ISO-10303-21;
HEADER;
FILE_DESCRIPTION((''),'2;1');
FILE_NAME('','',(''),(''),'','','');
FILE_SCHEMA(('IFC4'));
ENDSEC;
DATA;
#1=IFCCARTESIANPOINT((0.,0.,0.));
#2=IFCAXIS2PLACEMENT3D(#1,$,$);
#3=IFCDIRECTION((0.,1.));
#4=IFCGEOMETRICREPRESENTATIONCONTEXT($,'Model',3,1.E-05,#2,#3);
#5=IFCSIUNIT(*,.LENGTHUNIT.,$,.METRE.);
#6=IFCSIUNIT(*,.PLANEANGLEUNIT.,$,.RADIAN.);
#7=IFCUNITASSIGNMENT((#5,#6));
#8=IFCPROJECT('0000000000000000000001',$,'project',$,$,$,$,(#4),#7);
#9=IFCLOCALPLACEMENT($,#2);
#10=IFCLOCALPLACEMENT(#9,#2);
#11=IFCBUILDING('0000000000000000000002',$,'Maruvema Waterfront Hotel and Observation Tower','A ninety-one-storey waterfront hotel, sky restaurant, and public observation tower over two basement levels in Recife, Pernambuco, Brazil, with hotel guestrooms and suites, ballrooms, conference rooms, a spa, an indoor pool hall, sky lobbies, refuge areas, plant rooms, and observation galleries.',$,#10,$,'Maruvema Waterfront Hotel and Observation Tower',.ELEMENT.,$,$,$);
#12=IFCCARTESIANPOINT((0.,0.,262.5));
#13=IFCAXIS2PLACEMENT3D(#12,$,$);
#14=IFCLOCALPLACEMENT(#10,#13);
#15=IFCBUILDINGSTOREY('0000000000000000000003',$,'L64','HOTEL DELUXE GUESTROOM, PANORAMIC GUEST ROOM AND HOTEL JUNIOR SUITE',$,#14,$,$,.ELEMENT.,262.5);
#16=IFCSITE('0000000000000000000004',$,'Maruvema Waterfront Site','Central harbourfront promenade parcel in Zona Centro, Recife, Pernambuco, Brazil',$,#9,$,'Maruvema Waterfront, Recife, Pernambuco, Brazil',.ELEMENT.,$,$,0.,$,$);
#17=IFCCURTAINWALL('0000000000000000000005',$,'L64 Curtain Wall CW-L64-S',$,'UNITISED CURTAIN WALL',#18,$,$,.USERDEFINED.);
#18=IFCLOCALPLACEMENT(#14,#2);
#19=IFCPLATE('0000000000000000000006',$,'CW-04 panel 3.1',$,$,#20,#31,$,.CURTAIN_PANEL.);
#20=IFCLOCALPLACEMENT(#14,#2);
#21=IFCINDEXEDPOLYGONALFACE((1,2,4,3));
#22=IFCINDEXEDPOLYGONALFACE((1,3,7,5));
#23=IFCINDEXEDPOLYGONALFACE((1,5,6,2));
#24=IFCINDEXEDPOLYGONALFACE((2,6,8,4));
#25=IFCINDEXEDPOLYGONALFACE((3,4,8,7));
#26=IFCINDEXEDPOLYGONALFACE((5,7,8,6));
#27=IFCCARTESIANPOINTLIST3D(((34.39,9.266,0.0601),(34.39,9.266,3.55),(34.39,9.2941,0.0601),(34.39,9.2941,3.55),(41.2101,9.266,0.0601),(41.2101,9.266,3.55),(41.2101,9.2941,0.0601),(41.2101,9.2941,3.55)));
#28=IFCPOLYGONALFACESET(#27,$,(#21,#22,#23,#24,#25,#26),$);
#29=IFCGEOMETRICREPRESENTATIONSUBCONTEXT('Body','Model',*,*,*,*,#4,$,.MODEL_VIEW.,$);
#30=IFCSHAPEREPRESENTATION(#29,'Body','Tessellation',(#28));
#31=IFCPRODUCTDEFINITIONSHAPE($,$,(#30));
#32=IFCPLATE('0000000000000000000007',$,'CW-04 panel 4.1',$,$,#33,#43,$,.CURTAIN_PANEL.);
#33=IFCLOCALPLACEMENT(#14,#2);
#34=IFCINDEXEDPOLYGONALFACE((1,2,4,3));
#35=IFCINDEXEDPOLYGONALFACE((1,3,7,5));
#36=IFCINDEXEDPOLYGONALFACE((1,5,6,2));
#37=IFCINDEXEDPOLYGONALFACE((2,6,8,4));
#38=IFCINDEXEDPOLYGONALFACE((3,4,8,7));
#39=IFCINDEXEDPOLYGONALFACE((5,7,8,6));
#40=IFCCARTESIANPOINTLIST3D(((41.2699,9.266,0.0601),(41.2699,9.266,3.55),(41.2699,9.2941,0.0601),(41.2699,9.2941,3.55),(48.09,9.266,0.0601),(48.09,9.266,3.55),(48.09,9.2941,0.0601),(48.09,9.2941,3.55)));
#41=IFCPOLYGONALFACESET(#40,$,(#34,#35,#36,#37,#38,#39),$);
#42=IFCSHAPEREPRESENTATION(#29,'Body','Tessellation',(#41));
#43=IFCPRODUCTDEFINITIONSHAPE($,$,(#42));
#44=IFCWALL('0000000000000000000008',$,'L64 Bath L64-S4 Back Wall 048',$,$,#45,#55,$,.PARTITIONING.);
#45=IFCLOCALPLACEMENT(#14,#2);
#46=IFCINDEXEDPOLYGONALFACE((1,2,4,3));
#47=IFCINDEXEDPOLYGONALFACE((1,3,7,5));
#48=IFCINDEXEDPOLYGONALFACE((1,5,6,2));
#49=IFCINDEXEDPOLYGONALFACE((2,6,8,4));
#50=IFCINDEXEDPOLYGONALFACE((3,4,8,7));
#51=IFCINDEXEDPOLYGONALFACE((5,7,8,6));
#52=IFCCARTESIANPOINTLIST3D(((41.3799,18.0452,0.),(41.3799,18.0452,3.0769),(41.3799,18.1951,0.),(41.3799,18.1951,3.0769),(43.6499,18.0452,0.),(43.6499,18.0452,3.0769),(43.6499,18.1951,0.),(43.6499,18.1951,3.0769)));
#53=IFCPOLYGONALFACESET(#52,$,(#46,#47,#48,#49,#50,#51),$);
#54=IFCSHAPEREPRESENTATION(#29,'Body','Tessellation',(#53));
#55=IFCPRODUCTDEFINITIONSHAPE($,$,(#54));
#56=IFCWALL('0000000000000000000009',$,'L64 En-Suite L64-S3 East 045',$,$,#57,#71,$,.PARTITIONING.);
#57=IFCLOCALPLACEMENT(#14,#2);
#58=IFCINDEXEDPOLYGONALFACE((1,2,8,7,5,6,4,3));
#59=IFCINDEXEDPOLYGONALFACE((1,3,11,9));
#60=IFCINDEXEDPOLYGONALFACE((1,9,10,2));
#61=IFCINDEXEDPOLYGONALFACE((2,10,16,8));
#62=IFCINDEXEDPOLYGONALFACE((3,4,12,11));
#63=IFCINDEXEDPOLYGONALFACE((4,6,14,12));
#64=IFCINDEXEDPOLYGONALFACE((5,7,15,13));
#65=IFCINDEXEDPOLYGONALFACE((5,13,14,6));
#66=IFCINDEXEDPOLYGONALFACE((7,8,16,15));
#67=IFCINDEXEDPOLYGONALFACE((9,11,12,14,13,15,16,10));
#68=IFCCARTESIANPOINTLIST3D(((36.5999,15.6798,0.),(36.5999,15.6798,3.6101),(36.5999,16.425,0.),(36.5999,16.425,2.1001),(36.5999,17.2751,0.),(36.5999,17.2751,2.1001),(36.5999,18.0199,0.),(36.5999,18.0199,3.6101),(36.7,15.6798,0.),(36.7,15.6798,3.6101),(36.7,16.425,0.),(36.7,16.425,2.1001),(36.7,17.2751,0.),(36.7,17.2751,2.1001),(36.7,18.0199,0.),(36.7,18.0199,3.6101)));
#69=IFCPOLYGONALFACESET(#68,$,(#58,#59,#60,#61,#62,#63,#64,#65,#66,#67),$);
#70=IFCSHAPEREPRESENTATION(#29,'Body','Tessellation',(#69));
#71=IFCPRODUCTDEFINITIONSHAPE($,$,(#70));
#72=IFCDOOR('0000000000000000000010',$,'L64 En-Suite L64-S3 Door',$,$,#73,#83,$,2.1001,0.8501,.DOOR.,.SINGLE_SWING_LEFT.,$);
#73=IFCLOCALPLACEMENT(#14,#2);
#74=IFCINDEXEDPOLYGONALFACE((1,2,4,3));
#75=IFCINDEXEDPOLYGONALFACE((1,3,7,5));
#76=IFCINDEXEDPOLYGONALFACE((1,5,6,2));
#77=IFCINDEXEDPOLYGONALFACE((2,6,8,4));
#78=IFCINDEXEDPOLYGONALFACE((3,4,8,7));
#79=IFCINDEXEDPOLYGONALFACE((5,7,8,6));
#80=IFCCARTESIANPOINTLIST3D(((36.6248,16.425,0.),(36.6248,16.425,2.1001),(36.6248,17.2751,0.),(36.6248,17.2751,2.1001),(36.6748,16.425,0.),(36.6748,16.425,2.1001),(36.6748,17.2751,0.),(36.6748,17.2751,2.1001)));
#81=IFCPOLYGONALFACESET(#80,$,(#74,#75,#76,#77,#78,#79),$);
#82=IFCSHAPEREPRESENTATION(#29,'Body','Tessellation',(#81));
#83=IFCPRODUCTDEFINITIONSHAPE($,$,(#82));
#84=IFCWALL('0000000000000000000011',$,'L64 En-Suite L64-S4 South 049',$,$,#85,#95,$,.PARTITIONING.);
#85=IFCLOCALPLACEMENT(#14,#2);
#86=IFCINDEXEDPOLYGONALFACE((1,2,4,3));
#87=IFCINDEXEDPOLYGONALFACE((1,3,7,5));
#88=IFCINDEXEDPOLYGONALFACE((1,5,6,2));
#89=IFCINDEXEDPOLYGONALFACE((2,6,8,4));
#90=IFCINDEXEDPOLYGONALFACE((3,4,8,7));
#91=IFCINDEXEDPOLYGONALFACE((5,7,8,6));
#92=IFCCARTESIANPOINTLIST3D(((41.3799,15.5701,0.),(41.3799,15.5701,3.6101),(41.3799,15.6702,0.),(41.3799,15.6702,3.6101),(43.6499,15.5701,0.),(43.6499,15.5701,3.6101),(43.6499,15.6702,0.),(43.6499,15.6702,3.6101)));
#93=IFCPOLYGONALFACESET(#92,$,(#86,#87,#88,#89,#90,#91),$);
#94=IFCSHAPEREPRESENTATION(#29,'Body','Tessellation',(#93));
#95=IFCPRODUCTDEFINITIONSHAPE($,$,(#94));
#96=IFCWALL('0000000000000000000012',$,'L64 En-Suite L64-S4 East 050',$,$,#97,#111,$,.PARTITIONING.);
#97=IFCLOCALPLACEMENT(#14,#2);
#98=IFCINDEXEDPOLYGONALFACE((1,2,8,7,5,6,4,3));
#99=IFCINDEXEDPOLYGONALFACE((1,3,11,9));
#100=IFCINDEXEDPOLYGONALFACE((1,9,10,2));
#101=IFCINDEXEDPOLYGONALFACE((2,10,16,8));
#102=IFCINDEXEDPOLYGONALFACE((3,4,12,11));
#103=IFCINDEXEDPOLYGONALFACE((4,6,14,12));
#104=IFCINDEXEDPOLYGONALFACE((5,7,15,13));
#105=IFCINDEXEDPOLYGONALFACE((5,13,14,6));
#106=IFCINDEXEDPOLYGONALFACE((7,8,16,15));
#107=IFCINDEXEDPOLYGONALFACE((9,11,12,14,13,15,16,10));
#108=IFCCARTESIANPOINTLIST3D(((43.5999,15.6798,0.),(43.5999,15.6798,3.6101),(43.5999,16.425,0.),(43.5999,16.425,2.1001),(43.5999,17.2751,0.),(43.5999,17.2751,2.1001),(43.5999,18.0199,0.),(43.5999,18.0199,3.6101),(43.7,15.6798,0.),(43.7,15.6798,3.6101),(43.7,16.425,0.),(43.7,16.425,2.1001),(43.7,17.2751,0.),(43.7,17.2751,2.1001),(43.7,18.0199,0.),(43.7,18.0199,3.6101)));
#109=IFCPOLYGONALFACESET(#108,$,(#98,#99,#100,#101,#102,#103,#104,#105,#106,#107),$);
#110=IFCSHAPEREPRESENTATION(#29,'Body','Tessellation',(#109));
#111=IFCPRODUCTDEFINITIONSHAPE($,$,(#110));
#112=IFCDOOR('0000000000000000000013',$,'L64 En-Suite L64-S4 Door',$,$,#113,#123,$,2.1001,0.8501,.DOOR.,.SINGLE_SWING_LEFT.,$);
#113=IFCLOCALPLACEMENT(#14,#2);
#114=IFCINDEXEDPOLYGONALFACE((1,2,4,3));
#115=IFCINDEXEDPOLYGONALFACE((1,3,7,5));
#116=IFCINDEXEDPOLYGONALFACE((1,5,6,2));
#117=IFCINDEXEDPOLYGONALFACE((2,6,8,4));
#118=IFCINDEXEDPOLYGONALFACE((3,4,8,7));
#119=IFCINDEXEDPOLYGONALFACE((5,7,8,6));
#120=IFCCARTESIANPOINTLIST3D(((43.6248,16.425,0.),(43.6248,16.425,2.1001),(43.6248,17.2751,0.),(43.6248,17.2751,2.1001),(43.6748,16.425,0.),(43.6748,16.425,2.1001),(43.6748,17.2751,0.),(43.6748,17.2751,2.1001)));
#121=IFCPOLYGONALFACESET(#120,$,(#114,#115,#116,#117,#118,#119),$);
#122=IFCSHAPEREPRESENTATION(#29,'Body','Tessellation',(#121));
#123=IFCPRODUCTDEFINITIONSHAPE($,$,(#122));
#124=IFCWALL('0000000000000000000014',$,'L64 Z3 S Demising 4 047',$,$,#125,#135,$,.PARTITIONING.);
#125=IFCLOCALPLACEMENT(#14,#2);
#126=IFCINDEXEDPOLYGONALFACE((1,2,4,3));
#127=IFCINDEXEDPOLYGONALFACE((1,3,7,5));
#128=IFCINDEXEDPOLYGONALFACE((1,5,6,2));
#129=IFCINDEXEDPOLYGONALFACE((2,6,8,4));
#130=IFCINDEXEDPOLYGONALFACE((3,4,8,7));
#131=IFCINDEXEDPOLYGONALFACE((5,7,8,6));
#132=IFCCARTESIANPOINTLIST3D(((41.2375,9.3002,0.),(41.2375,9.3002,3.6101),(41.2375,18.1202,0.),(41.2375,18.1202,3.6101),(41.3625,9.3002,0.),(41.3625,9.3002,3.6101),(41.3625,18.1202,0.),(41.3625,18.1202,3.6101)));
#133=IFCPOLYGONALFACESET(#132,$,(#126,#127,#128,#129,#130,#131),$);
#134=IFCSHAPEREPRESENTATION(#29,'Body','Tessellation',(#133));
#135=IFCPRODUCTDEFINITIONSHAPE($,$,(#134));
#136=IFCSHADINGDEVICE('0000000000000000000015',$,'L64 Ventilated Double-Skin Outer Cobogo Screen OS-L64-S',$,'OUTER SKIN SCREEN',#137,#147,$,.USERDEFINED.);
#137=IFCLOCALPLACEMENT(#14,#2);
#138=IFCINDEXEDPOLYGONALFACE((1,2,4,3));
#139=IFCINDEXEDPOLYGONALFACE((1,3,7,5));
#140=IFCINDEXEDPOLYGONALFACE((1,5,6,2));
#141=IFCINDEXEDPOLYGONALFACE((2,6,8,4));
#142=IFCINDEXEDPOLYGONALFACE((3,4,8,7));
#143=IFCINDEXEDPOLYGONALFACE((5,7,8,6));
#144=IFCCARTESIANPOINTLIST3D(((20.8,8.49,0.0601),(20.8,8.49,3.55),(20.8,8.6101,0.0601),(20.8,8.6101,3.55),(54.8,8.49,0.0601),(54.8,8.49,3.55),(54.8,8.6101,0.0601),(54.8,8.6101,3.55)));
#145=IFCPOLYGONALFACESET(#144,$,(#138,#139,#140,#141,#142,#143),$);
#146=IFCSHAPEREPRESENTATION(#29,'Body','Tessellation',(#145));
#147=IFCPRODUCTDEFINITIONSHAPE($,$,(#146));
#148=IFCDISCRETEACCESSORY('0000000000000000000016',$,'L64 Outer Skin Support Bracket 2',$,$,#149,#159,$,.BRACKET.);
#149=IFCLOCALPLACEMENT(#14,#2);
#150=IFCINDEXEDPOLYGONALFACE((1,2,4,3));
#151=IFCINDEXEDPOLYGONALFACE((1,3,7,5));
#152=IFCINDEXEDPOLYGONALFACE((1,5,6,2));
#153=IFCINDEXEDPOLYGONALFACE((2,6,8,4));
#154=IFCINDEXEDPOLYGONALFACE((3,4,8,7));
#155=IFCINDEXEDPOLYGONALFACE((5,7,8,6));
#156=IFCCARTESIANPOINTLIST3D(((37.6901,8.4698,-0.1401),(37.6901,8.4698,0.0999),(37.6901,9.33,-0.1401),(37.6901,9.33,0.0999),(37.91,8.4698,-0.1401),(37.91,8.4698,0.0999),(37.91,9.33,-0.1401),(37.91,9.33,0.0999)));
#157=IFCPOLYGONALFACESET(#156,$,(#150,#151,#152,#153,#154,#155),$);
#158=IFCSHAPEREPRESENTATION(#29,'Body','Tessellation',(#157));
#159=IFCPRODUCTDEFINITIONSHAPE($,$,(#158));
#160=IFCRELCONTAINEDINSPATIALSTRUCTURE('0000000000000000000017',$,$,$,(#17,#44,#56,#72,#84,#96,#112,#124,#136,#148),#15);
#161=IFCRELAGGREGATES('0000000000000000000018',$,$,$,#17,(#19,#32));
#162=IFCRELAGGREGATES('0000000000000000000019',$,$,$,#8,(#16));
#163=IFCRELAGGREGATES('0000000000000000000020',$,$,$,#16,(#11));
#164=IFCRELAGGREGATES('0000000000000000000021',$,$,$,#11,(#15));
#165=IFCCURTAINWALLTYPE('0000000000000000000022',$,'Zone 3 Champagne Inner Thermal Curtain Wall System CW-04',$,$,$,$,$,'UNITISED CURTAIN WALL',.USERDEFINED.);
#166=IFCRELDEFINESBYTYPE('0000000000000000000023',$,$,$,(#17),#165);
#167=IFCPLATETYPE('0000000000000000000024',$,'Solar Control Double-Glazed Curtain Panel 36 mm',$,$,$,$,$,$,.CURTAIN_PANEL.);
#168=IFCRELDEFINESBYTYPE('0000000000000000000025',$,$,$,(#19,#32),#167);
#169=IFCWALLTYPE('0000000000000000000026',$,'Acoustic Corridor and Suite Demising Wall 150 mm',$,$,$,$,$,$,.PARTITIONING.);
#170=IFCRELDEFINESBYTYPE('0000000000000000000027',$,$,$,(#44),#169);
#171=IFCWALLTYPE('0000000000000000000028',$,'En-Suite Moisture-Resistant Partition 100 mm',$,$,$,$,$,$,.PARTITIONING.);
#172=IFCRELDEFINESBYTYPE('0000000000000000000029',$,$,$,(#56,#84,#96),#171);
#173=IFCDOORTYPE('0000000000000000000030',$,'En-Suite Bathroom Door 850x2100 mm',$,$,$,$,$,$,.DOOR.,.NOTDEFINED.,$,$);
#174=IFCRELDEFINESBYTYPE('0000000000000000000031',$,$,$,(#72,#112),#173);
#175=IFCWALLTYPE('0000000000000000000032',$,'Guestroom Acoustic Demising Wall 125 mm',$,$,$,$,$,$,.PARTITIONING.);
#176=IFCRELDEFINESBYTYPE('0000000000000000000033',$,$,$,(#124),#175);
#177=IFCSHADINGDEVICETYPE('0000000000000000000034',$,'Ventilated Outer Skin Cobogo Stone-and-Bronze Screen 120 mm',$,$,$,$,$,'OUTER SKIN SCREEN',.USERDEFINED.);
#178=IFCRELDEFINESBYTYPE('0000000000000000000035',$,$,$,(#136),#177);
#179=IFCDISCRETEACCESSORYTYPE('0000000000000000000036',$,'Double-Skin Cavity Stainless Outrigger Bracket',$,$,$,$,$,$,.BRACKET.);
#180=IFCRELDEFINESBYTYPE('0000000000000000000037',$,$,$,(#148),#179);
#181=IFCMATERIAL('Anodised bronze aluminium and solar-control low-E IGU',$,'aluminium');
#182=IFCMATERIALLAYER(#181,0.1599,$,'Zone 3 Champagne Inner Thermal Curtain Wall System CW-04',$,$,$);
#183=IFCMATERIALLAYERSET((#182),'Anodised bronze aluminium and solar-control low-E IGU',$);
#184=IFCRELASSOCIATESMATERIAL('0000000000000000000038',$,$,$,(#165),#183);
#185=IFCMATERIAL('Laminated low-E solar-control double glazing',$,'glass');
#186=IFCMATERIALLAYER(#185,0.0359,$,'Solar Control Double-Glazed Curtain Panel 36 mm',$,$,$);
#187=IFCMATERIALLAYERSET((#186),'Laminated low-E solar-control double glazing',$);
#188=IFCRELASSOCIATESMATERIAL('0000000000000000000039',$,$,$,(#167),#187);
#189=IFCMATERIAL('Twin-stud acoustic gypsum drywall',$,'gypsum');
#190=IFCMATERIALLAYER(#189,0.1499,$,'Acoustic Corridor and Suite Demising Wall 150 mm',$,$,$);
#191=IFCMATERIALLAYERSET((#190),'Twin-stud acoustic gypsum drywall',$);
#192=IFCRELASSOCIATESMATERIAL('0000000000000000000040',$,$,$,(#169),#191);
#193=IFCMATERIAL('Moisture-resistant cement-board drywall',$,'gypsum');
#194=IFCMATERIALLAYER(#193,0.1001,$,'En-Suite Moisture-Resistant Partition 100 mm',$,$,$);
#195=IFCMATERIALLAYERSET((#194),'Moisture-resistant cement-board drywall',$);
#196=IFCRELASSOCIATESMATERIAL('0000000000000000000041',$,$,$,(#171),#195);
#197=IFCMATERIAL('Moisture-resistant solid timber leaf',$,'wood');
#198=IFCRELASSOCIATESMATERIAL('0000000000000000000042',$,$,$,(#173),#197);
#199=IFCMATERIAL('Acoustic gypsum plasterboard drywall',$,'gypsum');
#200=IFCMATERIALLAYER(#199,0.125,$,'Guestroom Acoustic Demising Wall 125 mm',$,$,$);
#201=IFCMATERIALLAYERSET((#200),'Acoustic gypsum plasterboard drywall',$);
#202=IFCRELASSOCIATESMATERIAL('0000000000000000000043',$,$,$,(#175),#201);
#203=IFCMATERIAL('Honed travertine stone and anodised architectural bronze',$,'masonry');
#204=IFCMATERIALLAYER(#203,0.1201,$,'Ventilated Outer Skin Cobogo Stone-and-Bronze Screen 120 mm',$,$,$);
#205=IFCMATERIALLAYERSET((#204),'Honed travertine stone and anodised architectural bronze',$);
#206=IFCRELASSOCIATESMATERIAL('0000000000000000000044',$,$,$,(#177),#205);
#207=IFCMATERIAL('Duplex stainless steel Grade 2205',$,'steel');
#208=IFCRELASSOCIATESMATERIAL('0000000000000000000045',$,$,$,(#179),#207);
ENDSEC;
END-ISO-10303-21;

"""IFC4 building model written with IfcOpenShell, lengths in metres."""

from ifc_helpers import new_model, si_unit, direction, frame, frame_2d, origin, origin_2d, place, context, subcontext, project, spatial, rectangle, extrude, material, layer, layer_set, type_object, element, fill, aggregate, save


model = new_model("IFC4")

# Units and contexts
model_context = context("Model", 3, precision=1e-05, world=origin(), true_north=direction((0.0, 1.0)))
body_context = subcontext(model_context, "Body", "Model", "MODEL_VIEW")
ifc_project = project(units=[si_unit("LENGTHUNIT", "METRE"), si_unit("PLANEANGLEUNIT", "RADIAN")], contexts=[model_context])

# Site, building, storey
site_placement = place(None, origin())
site = spatial("IfcSite", under=ifc_project, at=site_placement, Name="Maruvema Waterfront Site", Description="Central harbourfront promenade parcel in Zona Centro, Recife, Pernambuco, Brazil", LongName="Maruvema Waterfront, Recife, Pernambuco, Brazil", CompositionType="ELEMENT", RefElevation=0.0)
building_placement = place(site_placement, origin())
building = spatial("IfcBuilding", under=site, at=building_placement, Name="Maruvema Waterfront Hotel and Observation Tower", Description="A ninety-one-storey waterfront hotel, sky restaurant, and public observation tower over two basement levels in Recife, Pernambuco, Brazil, with hotel guestrooms and suites, ballrooms, conference rooms, a spa, an indoor pool hall, sky lobbies, refuge areas, plant rooms, and observation galleries.", LongName="Maruvema Waterfront Hotel and Observation Tower", CompositionType="ELEMENT")
storey_placement = place(building_placement, frame((0.0, 0.0, 262.5)))
storey = spatial("IfcBuildingStorey", under=building, at=storey_placement, Name="L64", Description="HOTEL DELUXE GUESTROOM, PANORAMIC GUEST ROOM AND HOTEL JUNIOR SUITE", CompositionType="ELEMENT", Elevation=262.5)

# Curtain wall
ifc_material_1 = material(Name="Anodised bronze aluminium and solar-control low-E IGU", Category="aluminium")
ifc_layer_1 = layer(ifc_material_1, 0.1599, Name="Zone 3 Champagne Inner Thermal Curtain Wall System CW-04")
ifc_layer_set_1 = layer_set([ifc_layer_1], Name="Anodised bronze aluminium and solar-control low-E IGU")
curtain_wall_type = type_object("IfcCurtainWallType", Name="Zone 3 Champagne Inner Thermal Curtain Wall System CW-04", ElementType="UNITISED CURTAIN WALL", PredefinedType="USERDEFINED", material=ifc_layer_set_1)
curtain_wall_placement = place(storey_placement, origin())
curtain_wall = element("IfcCurtainWall", 1, at=curtain_wall_placement, inside=storey, type_object=curtain_wall_type, Name="L64 Curtain Wall CW-L64-S", ObjectType="UNITISED CURTAIN WALL", PredefinedType="USERDEFINED")

# Plates
ifc_material_2 = material(Name="Laminated low-E solar-control double glazing", Category="glass")
ifc_layer_2 = layer(ifc_material_2, 0.0359, Name="Solar Control Double-Glazed Curtain Panel 36 mm")
ifc_layer_set_2 = layer_set([ifc_layer_2], Name="Laminated low-E solar-control double glazing")
plate_type = type_object("IfcPlateType", Name="Solar Control Double-Glazed Curtain Panel 36 mm", PredefinedType="CURTAIN_PANEL", material=ifc_layer_set_2)
plate_1_placement = place(storey_placement, frame((37.8, 9.28, 0.0601), z_axis=(0.0, 0.0, 1.0), x_axis=(1.0, 0.0, 0.0)))
plate_1 = element("IfcPlate", 2, at=plate_1_placement, type_object=plate_type, Name="CW-04 panel 3.1", PredefinedType="CURTAIN_PANEL", context=body_context, shape_type="SweptSolid", body=[
    extrude(rectangle(XDim=6.8201, YDim=0.0281, at=origin_2d()), origin(), (0.0, 0.0, 1.0), 3.49),
])
plate_2_placement = place(storey_placement, frame((44.6799, 9.28, 0.0601), z_axis=(0.0, 0.0, 1.0), x_axis=(1.0, 0.0, 0.0)))
plate_2 = element("IfcPlate", 3, at=plate_2_placement, type_object=plate_type, Name="CW-04 panel 4.1", PredefinedType="CURTAIN_PANEL", context=body_context, shape_type="SweptSolid", body=[
    extrude(rectangle(XDim=6.8201, YDim=0.0281, at=origin_2d()), origin(), (0.0, 0.0, 1.0), 3.49),
])
aggregate(curtain_wall, [plate_1, plate_2])

# Shared definitions
ifc_material_3 = material(Name="Twin-stud acoustic gypsum drywall", Category="gypsum")
ifc_layer_3 = layer(ifc_material_3, 0.1499, Name="Acoustic Corridor and Suite Demising Wall 150 mm")
ifc_layer_set_3 = layer_set([ifc_layer_3], Name="Twin-stud acoustic gypsum drywall")
wall_type_1 = type_object("IfcWallType", Name="Acoustic Corridor and Suite Demising Wall 150 mm", PredefinedType="PARTITIONING", material=ifc_layer_set_3)

# Wall
wall_1_placement = place(storey_placement, frame((41.3799, 18.1201, 0.0), z_axis=(0.0, 0.0, 1.0), x_axis=(1.0, 0.0, 0.0)))
element("IfcWall", 4, at=wall_1_placement, inside=storey, type_object=wall_type_1, Name="L64 Bath L64-S4 Back Wall 048", PredefinedType="PARTITIONING", context=body_context, shape_type="SweptSolid", body=[
    extrude(rectangle(XDim=2.27, YDim=0.1499, at=frame_2d((1.135, 0.0))), origin(), (0.0, 0.0, 1.0), 3.0769),
])

# Wall, opening, door
ifc_material_4 = material(Name="Moisture-resistant cement-board drywall", Category="gypsum")
ifc_layer_4 = layer(ifc_material_4, 0.1001, Name="En-Suite Moisture-Resistant Partition 100 mm")
ifc_layer_set_4 = layer_set([ifc_layer_4], Name="Moisture-resistant cement-board drywall")
wall_type_2 = type_object("IfcWallType", Name="En-Suite Moisture-Resistant Partition 100 mm", PredefinedType="PARTITIONING", material=ifc_layer_set_4)
wall_2_placement = place(storey_placement, frame((36.6499, 15.6799, 0.0), z_axis=(0.0, 0.0, 1.0), x_axis=(0.0, 1.0, 0.0)))
wall_2 = element("IfcWall", 5, at=wall_2_placement, inside=storey, type_object=wall_type_2, Name="L64 En-Suite L64-S3 East 045", PredefinedType="PARTITIONING", context=body_context, shape_type="SweptSolid", body=[
    extrude(rectangle(XDim=2.3401, YDim=0.1001, at=frame_2d((1.1699, 0.0))), origin(), (0.0, 0.0, 1.0), 3.6101),
])
opening_1_placement = place(wall_2_placement, frame((0.7451, 0.0, 0.0)))
opening_1 = element("IfcOpeningElement", 6, at=opening_1_placement, cuts=wall_2, PredefinedType="OPENING", context=body_context, shape_type="SweptSolid", body=[
    extrude(rectangle(XDim=0.8501, YDim=2.1001, at=frame_2d((0.425, 1.05))), frame((0.0, 0.0601, 0.0), z_axis=(0.0, -1.0, 0.0), x_axis=(1.0, 0.0, 0.0)), (0.0, 0.0, 1.0), 0.1201),
])
ifc_material_5 = material(Name="Moisture-resistant solid timber leaf", Category="wood")
door_type_1 = type_object("IfcDoorType", Name="En-Suite Bathroom Door 850x2100 mm", OperationType="NOTDEFINED", PredefinedType="DOOR", material=ifc_material_5)
door_1_placement = place(opening_1_placement, frame((0.8501, 0.0, 0.0), z_axis=(0.0, 0.0, 1.0), x_axis=(-1.0, 0.0, 0.0)))
door_1 = element("IfcDoor", 7, at=door_1_placement, inside=storey, type_object=door_type_1, Name="L64 En-Suite L64-S3 Door", OperationType="SINGLE_SWING_LEFT", OverallHeight=2.1001, OverallWidth=0.8501, PredefinedType="DOOR", context=body_context, shape_type="SweptSolid", body=[
    extrude(rectangle(XDim=0.8501, YDim=2.1001, at=frame_2d((0.425, 1.05))), frame((0.0, 0.0249, 0.0), z_axis=(0.0, -1.0, 0.0), x_axis=(1.0, 0.0, 0.0)), (0.0, 0.0, 1.0), 0.05),
])
fill(opening_1, door_1)

# Wall
wall_3_placement = place(storey_placement, frame((41.3799, 15.6201, 0.0), z_axis=(0.0, 0.0, 1.0), x_axis=(1.0, 0.0, 0.0)))
element("IfcWall", 8, at=wall_3_placement, inside=storey, type_object=wall_type_2, Name="L64 En-Suite L64-S4 South 049", PredefinedType="PARTITIONING", context=body_context, shape_type="SweptSolid", body=[
    extrude(rectangle(XDim=2.27, YDim=0.1001, at=frame_2d((1.135, 0.0))), origin(), (0.0, 0.0, 1.0), 3.6101),
])

# Wall, opening, door
wall_4_placement = place(storey_placement, frame((43.6499, 15.6799, 0.0), z_axis=(0.0, 0.0, 1.0), x_axis=(0.0, 1.0, 0.0)))
wall_4 = element("IfcWall", 9, at=wall_4_placement, inside=storey, type_object=wall_type_2, Name="L64 En-Suite L64-S4 East 050", PredefinedType="PARTITIONING", context=body_context, shape_type="SweptSolid", body=[
    extrude(rectangle(XDim=2.3401, YDim=0.1001, at=frame_2d((1.1699, 0.0))), origin(), (0.0, 0.0, 1.0), 3.6101),
])
opening_2_placement = place(wall_4_placement, frame((0.7451, 0.0, 0.0)))
opening_2 = element("IfcOpeningElement", 10, at=opening_2_placement, cuts=wall_4, PredefinedType="OPENING", context=body_context, shape_type="SweptSolid", body=[
    extrude(rectangle(XDim=0.8501, YDim=2.1001, at=frame_2d((0.425, 1.05))), frame((0.0, 0.0601, 0.0), z_axis=(0.0, -1.0, 0.0), x_axis=(1.0, 0.0, 0.0)), (0.0, 0.0, 1.0), 0.1201),
])
door_2_placement = place(opening_2_placement, frame((0.8501, 0.0, 0.0), z_axis=(0.0, 0.0, 1.0), x_axis=(-1.0, 0.0, 0.0)))
door_2 = element("IfcDoor", 11, at=door_2_placement, inside=storey, type_object=door_type_1, Name="L64 En-Suite L64-S4 Door", OperationType="SINGLE_SWING_LEFT", OverallHeight=2.1001, OverallWidth=0.8501, PredefinedType="DOOR", context=body_context, shape_type="SweptSolid", body=[
    extrude(rectangle(XDim=0.8501, YDim=2.1001, at=frame_2d((0.425, 1.05))), frame((0.0, 0.0249, 0.0), z_axis=(0.0, -1.0, 0.0), x_axis=(1.0, 0.0, 0.0)), (0.0, 0.0, 1.0), 0.05),
])
fill(opening_2, door_2)

# Wall
ifc_material_6 = material(Name="Acoustic gypsum plasterboard drywall", Category="gypsum")
ifc_layer_5 = layer(ifc_material_6, 0.125, Name="Guestroom Acoustic Demising Wall 125 mm")
ifc_layer_set_5 = layer_set([ifc_layer_5], Name="Acoustic gypsum plasterboard drywall")
wall_type_3 = type_object("IfcWallType", Name="Guestroom Acoustic Demising Wall 125 mm", PredefinedType="PARTITIONING", material=ifc_layer_set_5)
wall_5_placement = place(storey_placement, frame((41.3, 9.3, 0.0), z_axis=(0.0, 0.0, 1.0), x_axis=(0.0, 1.0, 0.0)))
element("IfcWall", 12, at=wall_5_placement, inside=storey, type_object=wall_type_3, Name="L64 Z3 S Demising 4 047", PredefinedType="PARTITIONING", context=body_context, shape_type="SweptSolid", body=[
    extrude(rectangle(XDim=8.8201, YDim=0.125, at=frame_2d((4.4102, 0.0))), origin(), (0.0, 0.0, 1.0), 3.6101),
])

# Shading device
ifc_material_7 = material(Name="Honed travertine stone and anodised architectural bronze", Category="masonry")
ifc_layer_6 = layer(ifc_material_7, 0.1201, Name="Ventilated Outer Skin Cobogo Stone-and-Bronze Screen 120 mm")
ifc_layer_set_6 = layer_set([ifc_layer_6], Name="Honed travertine stone and anodised architectural bronze")
shading_device_type = type_object("IfcShadingDeviceType", Name="Ventilated Outer Skin Cobogo Stone-and-Bronze Screen 120 mm", ElementType="OUTER SKIN SCREEN", PredefinedType="USERDEFINED", material=ifc_layer_set_6)
shading_device_placement = place(storey_placement, frame((37.8, 8.55, 0.0601), z_axis=(0.0, 0.0, 1.0), x_axis=(1.0, 0.0, 0.0)))
element("IfcShadingDevice", 13, at=shading_device_placement, inside=storey, type_object=shading_device_type, Name="L64 Ventilated Double-Skin Outer Cobogo Screen OS-L64-S", ObjectType="OUTER SKIN SCREEN", PredefinedType="USERDEFINED", context=body_context, shape_type="SweptSolid", body=[
    extrude(rectangle(XDim=34.0, YDim=0.1201, at=origin_2d()), origin(), (0.0, 0.0, 1.0), 3.49),
])

# Discrete accessory
ifc_material_8 = material(Name="Duplex stainless steel Grade 2205", Category="steel")
discrete_accessory_type = type_object("IfcDiscreteAccessoryType", Name="Double-Skin Cavity Stainless Outrigger Bracket", PredefinedType="BRACKET", material=ifc_material_8)
discrete_accessory_placement = place(storey_placement, frame((37.8, 8.8999, -0.1401), z_axis=(0.0, 0.0, 1.0), x_axis=(1.0, 0.0, 0.0)))
element("IfcDiscreteAccessory", 14, at=discrete_accessory_placement, inside=storey, type_object=discrete_accessory_type, Name="L64 Outer Skin Support Bracket 2", PredefinedType="BRACKET", context=body_context, shape_type="SweptSolid", body=[
    extrude(rectangle(XDim=0.22, YDim=0.8601, at=origin_2d()), origin(), (0.0, 0.0, 1.0), 0.24),
])

save(model, "model.ifc")
